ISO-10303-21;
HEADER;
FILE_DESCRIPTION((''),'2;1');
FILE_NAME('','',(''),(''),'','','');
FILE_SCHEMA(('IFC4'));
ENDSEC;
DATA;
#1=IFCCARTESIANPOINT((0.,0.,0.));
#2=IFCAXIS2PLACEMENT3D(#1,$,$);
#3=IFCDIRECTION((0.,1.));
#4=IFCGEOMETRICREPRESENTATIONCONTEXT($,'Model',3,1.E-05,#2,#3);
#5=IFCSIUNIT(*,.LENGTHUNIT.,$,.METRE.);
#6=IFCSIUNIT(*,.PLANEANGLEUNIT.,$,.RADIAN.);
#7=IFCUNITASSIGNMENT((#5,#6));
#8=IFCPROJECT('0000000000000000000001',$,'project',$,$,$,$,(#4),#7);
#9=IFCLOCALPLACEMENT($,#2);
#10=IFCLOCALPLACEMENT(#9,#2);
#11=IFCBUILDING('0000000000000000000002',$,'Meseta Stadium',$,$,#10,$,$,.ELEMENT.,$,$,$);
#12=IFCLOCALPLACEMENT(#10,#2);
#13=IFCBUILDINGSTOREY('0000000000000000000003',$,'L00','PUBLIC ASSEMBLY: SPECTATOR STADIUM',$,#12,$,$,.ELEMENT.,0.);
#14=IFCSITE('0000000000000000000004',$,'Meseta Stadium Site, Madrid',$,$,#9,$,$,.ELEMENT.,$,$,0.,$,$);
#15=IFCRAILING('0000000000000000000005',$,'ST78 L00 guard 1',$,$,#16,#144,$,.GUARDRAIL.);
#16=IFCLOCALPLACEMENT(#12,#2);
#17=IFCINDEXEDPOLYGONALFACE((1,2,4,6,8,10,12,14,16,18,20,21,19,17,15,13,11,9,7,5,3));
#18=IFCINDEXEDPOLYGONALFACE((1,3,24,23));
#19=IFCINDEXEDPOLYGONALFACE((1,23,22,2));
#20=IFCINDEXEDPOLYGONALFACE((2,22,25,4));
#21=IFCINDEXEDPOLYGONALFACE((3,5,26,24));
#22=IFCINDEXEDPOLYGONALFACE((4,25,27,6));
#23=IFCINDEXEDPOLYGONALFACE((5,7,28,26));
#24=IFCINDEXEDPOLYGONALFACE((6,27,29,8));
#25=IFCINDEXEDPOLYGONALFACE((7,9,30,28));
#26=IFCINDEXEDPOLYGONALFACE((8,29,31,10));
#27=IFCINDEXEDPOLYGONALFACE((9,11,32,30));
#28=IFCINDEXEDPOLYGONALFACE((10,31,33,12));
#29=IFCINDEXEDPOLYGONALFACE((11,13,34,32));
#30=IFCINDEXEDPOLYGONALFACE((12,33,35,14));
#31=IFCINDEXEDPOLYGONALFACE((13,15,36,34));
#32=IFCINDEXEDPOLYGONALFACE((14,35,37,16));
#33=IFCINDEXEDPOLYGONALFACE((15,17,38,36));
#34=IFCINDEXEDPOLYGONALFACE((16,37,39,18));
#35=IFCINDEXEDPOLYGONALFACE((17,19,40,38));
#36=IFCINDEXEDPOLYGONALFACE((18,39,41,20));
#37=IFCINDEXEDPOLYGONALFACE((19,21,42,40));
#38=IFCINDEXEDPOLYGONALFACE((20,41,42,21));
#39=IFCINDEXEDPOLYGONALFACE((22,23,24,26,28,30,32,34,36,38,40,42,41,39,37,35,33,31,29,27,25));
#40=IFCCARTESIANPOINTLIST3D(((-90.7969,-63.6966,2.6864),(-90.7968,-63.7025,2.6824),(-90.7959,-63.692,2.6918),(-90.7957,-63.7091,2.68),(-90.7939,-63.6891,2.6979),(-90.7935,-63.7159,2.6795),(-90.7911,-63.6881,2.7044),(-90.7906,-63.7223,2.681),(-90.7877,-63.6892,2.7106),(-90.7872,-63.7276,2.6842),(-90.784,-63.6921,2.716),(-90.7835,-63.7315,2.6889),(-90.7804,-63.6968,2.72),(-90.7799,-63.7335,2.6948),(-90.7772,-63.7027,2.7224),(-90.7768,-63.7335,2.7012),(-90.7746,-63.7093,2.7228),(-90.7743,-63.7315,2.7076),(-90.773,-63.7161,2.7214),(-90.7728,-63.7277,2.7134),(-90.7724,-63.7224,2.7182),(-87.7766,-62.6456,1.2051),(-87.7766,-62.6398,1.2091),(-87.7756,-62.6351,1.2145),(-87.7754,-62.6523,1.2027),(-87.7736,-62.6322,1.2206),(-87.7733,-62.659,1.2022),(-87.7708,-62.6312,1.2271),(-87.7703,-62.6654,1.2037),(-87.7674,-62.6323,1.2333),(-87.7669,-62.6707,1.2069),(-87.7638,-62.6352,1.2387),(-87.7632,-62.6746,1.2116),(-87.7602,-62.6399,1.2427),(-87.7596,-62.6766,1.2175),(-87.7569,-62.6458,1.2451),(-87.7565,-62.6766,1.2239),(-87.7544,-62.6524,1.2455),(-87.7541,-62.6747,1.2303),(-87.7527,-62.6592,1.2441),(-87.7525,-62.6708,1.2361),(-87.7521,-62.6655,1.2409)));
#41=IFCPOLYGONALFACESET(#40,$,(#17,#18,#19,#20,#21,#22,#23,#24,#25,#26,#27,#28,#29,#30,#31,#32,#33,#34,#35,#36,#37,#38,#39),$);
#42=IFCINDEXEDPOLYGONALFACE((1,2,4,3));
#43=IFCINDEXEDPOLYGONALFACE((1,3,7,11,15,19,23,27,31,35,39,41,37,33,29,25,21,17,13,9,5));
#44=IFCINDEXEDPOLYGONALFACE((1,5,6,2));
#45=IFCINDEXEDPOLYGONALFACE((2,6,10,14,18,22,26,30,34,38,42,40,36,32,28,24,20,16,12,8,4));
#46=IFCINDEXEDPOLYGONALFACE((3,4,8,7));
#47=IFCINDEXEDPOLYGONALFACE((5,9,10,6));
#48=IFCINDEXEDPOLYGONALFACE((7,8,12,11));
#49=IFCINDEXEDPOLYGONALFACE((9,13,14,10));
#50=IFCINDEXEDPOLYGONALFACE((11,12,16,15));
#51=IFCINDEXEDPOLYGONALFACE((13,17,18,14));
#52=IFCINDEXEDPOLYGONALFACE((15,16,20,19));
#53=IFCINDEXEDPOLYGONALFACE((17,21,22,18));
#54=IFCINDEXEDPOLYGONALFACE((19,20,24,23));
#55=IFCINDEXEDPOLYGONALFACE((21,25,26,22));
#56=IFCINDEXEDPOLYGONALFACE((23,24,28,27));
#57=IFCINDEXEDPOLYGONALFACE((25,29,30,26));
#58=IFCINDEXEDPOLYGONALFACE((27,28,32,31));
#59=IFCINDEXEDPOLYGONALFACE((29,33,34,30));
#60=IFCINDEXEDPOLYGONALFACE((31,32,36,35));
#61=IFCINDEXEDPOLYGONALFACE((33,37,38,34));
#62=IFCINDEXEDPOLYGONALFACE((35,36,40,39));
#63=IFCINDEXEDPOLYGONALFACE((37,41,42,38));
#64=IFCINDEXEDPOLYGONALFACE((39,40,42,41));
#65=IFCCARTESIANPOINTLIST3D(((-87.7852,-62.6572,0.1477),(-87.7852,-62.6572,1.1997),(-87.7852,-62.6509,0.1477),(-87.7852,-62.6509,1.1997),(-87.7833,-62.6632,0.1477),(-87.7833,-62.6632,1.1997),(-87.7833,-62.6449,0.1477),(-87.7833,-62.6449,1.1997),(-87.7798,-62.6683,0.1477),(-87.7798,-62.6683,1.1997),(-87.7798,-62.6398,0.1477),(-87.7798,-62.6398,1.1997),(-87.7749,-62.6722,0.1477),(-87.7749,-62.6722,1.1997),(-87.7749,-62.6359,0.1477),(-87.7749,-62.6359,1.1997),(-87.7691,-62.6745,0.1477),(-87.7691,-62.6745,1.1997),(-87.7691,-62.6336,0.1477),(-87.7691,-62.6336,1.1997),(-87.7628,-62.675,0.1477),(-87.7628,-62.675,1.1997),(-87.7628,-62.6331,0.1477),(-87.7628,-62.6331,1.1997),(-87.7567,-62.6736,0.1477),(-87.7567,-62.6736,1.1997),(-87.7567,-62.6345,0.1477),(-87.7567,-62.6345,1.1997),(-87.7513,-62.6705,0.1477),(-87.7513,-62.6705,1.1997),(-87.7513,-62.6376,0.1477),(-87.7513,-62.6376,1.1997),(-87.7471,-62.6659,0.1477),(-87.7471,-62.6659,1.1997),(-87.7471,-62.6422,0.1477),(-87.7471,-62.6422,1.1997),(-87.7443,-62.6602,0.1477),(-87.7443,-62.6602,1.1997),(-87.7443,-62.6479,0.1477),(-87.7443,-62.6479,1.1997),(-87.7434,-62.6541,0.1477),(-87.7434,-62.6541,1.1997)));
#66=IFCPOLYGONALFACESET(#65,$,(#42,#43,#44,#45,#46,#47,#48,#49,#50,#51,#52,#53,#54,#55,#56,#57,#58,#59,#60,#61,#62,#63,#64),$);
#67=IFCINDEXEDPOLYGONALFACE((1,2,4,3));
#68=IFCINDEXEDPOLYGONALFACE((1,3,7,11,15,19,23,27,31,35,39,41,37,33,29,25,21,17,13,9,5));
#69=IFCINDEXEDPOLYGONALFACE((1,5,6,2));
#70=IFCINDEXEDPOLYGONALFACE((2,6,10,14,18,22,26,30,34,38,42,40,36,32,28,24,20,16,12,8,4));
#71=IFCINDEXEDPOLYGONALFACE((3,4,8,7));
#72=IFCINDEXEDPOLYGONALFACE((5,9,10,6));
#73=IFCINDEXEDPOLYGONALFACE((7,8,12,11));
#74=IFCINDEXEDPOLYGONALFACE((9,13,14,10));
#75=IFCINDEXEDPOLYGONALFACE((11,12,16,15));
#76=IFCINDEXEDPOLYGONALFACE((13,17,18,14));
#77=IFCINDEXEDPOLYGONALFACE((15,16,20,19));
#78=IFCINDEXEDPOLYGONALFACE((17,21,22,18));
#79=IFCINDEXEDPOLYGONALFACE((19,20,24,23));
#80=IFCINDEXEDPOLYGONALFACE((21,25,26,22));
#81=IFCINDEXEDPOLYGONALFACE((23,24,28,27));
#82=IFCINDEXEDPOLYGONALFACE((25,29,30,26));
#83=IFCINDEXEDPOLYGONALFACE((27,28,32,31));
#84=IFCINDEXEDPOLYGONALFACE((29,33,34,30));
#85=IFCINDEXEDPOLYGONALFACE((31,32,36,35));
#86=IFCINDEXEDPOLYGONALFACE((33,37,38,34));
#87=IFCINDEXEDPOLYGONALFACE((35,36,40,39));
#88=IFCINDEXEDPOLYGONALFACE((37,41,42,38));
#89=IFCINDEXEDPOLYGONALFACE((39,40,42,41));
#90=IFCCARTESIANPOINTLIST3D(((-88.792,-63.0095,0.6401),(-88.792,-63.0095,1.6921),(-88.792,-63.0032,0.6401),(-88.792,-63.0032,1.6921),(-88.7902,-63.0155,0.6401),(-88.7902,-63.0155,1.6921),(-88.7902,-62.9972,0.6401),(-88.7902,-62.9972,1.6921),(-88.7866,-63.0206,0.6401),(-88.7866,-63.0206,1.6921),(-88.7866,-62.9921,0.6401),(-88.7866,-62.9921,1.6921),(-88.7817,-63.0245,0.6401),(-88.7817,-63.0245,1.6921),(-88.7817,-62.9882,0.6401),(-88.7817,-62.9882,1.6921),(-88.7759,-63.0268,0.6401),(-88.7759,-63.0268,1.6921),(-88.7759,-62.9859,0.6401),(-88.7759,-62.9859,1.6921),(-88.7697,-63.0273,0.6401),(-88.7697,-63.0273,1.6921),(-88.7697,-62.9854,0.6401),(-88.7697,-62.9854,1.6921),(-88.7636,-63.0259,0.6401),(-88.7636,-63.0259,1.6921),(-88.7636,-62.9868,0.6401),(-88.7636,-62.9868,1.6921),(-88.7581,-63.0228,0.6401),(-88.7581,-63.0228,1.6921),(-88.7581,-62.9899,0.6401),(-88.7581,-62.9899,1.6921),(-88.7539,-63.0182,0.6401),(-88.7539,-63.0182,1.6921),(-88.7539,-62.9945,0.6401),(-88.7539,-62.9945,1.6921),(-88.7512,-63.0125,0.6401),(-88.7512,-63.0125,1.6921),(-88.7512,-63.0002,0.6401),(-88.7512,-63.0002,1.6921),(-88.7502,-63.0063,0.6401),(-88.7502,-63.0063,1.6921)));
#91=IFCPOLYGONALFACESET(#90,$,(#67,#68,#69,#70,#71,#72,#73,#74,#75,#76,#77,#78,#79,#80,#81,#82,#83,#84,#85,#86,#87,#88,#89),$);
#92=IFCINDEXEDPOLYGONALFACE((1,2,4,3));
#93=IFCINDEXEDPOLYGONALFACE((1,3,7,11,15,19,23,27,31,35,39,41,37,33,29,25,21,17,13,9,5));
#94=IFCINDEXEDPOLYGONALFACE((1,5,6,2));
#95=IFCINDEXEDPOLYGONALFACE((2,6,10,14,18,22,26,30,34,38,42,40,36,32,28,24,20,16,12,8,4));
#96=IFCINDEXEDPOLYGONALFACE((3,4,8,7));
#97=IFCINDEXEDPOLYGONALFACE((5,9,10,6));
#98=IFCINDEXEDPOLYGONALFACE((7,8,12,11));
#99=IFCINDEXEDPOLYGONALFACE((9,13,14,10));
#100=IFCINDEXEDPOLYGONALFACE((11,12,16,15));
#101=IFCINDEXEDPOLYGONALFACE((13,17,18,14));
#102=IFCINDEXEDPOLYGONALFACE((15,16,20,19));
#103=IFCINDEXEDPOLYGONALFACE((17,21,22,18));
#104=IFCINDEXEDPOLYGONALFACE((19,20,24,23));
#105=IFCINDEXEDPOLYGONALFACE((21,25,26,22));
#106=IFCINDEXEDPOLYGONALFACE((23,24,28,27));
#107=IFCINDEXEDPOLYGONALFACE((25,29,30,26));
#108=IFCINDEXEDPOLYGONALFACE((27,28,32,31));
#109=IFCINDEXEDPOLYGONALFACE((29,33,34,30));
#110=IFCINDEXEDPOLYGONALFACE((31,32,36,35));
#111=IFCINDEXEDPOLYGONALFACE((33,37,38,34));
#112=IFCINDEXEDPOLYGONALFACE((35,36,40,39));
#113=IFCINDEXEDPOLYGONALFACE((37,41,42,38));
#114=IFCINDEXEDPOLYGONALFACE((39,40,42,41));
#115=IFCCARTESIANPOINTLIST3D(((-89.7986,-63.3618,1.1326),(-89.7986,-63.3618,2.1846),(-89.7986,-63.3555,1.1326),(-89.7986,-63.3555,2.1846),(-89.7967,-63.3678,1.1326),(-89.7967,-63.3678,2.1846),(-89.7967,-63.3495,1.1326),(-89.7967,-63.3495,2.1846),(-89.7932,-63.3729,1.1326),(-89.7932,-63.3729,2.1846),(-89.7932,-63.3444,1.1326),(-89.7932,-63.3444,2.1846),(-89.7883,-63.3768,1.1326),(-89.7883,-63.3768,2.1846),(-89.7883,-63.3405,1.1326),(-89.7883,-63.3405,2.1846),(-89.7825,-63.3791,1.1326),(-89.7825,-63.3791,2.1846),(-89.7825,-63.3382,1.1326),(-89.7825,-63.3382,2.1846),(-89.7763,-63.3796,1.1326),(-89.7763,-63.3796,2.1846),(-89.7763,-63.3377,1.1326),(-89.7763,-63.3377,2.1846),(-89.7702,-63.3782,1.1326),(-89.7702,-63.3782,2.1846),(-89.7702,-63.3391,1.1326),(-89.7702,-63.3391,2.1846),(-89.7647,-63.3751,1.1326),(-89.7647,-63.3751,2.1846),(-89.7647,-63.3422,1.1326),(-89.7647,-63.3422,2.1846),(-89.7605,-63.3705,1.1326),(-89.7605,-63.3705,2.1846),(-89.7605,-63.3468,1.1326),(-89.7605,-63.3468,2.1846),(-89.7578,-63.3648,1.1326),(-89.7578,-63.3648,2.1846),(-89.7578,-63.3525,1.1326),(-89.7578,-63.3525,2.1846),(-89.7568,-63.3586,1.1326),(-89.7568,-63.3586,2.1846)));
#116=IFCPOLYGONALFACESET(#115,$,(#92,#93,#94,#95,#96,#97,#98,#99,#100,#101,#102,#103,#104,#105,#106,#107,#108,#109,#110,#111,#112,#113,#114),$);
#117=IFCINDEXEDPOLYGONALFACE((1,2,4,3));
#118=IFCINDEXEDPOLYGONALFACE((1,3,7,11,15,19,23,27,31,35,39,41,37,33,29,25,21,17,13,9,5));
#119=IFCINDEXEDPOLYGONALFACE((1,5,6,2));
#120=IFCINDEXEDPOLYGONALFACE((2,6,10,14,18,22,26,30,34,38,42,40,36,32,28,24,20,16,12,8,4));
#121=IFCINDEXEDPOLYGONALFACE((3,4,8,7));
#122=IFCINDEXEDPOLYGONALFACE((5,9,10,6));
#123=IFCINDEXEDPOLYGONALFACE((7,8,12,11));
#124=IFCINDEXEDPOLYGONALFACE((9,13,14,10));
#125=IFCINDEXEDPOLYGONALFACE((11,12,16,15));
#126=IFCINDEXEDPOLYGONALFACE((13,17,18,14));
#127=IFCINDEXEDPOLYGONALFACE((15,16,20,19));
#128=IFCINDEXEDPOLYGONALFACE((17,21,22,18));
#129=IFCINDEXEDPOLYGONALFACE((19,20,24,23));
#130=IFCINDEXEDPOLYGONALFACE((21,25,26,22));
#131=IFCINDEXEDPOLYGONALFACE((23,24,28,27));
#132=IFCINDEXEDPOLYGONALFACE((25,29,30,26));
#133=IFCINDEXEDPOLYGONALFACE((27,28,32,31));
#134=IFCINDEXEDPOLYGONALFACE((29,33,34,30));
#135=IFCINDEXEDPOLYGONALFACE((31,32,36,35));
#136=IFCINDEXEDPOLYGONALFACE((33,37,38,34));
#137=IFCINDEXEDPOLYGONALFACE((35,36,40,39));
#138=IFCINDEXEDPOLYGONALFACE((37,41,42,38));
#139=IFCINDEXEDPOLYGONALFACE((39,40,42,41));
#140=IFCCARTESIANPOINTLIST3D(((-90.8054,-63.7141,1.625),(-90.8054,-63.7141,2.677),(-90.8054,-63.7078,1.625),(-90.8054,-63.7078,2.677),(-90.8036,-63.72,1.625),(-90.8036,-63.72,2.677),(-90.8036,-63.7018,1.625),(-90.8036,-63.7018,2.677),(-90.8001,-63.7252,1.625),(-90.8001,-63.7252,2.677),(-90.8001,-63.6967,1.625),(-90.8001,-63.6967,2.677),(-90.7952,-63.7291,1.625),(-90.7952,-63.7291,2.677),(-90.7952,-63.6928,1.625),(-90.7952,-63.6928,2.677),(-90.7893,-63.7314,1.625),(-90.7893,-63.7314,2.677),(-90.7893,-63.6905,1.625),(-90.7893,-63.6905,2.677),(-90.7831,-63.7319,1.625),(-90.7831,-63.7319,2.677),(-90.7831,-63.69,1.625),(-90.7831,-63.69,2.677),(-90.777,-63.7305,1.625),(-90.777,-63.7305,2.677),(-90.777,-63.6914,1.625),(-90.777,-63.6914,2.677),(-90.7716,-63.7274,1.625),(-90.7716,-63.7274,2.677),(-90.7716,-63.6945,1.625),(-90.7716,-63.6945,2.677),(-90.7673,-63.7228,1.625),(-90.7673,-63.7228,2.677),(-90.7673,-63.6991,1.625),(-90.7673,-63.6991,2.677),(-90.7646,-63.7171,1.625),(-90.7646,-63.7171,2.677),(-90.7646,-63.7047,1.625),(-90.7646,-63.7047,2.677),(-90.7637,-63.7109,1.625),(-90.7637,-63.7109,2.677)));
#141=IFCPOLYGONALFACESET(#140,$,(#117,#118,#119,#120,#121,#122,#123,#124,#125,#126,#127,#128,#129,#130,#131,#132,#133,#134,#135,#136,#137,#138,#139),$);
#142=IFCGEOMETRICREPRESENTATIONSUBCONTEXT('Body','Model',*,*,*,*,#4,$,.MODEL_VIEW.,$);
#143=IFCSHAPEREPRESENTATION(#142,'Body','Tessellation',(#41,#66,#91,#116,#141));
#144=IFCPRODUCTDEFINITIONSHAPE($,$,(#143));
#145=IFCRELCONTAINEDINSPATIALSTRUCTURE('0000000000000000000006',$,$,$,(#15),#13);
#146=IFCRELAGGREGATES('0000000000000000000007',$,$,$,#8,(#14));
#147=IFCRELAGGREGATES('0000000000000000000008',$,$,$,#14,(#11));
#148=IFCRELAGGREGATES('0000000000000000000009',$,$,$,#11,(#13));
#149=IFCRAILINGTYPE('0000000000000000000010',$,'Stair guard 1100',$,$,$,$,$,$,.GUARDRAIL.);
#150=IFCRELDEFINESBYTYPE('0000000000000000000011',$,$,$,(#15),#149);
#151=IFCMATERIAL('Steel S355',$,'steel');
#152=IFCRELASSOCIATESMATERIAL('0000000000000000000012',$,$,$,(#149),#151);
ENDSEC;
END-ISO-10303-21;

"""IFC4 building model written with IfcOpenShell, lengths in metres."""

from ifc_helpers import new_model, si_unit, direction, frame, origin, origin_2d, place, context, subcontext, project, spatial, circle, extrude, material, type_object, element, save


model = new_model("IFC4")

# Units and contexts
model_context = context("Model", 3, precision=1e-05, world=origin(), true_north=direction((0.0, 1.0)))
body_context = subcontext(model_context, "Body", "Model", "MODEL_VIEW")
ifc_project = project(units=[si_unit("LENGTHUNIT", "METRE"), si_unit("PLANEANGLEUNIT", "RADIAN")], contexts=[model_context])

# Site, building, storey
site_placement = place(None, origin())
site = spatial("IfcSite", under=ifc_project, at=site_placement, Name="Meseta Stadium Site, Madrid", CompositionType="ELEMENT", RefElevation=0.0)
building_placement = place(site_placement, origin())
building = spatial("IfcBuilding", under=site, at=building_placement, Name="Meseta Stadium", CompositionType="ELEMENT")
storey_placement = place(building_placement, origin())
storey = spatial("IfcBuildingStorey", under=building, at=storey_placement, Name="L00", Description="PUBLIC ASSEMBLY: SPECTATOR STADIUM", CompositionType="ELEMENT", Elevation=0.0)

# Railing
ifc_material_1 = material(Name="Steel S355", Category="steel")
railing_type_1 = type_object("IfcRailingType", Name="Stair guard 1100", PredefinedType="GUARDRAIL", material=ifc_material_1)
railing_1_placement = place(storey_placement, frame((-87.7644, -62.6541, 0.1477)))
element("IfcRailing", 1, at=railing_1_placement, inside=storey, type_object=railing_type_1, Name="ST78 L00 guard 1", PredefinedType="GUARDRAIL", context=body_context, shape_type="SweptSolid", body=[
    extrude(circle(Radius=0.0239, at=origin_2d()), frame((0.0, 0.0, 1.0762), z_axis=(-0.856958, -0.299876, 0.419162), x_axis=(0.330293, -0.943879, 0.0)), (0.0, 0.0, 1.0), 3.5244),
    extrude(circle(Radius=0.021, at=origin_2d()), origin(), (0.0, 0.0, 1.0), 1.052),
    extrude(circle(Radius=0.021, at=origin_2d()), frame((-1.0068, -0.3523, 0.4924)), (0.0, 0.0, 1.0), 1.052),
    extrude(circle(Radius=0.021, at=origin_2d()), frame((-2.0134, -0.7046, 0.9849)), (0.0, 0.0, 1.0), 1.052),
    extrude(circle(Radius=0.021, at=origin_2d()), frame((-3.0203, -1.0569, 1.4773)), (0.0, 0.0, 1.0), 1.052),
])

save(model, "model.ifc")
